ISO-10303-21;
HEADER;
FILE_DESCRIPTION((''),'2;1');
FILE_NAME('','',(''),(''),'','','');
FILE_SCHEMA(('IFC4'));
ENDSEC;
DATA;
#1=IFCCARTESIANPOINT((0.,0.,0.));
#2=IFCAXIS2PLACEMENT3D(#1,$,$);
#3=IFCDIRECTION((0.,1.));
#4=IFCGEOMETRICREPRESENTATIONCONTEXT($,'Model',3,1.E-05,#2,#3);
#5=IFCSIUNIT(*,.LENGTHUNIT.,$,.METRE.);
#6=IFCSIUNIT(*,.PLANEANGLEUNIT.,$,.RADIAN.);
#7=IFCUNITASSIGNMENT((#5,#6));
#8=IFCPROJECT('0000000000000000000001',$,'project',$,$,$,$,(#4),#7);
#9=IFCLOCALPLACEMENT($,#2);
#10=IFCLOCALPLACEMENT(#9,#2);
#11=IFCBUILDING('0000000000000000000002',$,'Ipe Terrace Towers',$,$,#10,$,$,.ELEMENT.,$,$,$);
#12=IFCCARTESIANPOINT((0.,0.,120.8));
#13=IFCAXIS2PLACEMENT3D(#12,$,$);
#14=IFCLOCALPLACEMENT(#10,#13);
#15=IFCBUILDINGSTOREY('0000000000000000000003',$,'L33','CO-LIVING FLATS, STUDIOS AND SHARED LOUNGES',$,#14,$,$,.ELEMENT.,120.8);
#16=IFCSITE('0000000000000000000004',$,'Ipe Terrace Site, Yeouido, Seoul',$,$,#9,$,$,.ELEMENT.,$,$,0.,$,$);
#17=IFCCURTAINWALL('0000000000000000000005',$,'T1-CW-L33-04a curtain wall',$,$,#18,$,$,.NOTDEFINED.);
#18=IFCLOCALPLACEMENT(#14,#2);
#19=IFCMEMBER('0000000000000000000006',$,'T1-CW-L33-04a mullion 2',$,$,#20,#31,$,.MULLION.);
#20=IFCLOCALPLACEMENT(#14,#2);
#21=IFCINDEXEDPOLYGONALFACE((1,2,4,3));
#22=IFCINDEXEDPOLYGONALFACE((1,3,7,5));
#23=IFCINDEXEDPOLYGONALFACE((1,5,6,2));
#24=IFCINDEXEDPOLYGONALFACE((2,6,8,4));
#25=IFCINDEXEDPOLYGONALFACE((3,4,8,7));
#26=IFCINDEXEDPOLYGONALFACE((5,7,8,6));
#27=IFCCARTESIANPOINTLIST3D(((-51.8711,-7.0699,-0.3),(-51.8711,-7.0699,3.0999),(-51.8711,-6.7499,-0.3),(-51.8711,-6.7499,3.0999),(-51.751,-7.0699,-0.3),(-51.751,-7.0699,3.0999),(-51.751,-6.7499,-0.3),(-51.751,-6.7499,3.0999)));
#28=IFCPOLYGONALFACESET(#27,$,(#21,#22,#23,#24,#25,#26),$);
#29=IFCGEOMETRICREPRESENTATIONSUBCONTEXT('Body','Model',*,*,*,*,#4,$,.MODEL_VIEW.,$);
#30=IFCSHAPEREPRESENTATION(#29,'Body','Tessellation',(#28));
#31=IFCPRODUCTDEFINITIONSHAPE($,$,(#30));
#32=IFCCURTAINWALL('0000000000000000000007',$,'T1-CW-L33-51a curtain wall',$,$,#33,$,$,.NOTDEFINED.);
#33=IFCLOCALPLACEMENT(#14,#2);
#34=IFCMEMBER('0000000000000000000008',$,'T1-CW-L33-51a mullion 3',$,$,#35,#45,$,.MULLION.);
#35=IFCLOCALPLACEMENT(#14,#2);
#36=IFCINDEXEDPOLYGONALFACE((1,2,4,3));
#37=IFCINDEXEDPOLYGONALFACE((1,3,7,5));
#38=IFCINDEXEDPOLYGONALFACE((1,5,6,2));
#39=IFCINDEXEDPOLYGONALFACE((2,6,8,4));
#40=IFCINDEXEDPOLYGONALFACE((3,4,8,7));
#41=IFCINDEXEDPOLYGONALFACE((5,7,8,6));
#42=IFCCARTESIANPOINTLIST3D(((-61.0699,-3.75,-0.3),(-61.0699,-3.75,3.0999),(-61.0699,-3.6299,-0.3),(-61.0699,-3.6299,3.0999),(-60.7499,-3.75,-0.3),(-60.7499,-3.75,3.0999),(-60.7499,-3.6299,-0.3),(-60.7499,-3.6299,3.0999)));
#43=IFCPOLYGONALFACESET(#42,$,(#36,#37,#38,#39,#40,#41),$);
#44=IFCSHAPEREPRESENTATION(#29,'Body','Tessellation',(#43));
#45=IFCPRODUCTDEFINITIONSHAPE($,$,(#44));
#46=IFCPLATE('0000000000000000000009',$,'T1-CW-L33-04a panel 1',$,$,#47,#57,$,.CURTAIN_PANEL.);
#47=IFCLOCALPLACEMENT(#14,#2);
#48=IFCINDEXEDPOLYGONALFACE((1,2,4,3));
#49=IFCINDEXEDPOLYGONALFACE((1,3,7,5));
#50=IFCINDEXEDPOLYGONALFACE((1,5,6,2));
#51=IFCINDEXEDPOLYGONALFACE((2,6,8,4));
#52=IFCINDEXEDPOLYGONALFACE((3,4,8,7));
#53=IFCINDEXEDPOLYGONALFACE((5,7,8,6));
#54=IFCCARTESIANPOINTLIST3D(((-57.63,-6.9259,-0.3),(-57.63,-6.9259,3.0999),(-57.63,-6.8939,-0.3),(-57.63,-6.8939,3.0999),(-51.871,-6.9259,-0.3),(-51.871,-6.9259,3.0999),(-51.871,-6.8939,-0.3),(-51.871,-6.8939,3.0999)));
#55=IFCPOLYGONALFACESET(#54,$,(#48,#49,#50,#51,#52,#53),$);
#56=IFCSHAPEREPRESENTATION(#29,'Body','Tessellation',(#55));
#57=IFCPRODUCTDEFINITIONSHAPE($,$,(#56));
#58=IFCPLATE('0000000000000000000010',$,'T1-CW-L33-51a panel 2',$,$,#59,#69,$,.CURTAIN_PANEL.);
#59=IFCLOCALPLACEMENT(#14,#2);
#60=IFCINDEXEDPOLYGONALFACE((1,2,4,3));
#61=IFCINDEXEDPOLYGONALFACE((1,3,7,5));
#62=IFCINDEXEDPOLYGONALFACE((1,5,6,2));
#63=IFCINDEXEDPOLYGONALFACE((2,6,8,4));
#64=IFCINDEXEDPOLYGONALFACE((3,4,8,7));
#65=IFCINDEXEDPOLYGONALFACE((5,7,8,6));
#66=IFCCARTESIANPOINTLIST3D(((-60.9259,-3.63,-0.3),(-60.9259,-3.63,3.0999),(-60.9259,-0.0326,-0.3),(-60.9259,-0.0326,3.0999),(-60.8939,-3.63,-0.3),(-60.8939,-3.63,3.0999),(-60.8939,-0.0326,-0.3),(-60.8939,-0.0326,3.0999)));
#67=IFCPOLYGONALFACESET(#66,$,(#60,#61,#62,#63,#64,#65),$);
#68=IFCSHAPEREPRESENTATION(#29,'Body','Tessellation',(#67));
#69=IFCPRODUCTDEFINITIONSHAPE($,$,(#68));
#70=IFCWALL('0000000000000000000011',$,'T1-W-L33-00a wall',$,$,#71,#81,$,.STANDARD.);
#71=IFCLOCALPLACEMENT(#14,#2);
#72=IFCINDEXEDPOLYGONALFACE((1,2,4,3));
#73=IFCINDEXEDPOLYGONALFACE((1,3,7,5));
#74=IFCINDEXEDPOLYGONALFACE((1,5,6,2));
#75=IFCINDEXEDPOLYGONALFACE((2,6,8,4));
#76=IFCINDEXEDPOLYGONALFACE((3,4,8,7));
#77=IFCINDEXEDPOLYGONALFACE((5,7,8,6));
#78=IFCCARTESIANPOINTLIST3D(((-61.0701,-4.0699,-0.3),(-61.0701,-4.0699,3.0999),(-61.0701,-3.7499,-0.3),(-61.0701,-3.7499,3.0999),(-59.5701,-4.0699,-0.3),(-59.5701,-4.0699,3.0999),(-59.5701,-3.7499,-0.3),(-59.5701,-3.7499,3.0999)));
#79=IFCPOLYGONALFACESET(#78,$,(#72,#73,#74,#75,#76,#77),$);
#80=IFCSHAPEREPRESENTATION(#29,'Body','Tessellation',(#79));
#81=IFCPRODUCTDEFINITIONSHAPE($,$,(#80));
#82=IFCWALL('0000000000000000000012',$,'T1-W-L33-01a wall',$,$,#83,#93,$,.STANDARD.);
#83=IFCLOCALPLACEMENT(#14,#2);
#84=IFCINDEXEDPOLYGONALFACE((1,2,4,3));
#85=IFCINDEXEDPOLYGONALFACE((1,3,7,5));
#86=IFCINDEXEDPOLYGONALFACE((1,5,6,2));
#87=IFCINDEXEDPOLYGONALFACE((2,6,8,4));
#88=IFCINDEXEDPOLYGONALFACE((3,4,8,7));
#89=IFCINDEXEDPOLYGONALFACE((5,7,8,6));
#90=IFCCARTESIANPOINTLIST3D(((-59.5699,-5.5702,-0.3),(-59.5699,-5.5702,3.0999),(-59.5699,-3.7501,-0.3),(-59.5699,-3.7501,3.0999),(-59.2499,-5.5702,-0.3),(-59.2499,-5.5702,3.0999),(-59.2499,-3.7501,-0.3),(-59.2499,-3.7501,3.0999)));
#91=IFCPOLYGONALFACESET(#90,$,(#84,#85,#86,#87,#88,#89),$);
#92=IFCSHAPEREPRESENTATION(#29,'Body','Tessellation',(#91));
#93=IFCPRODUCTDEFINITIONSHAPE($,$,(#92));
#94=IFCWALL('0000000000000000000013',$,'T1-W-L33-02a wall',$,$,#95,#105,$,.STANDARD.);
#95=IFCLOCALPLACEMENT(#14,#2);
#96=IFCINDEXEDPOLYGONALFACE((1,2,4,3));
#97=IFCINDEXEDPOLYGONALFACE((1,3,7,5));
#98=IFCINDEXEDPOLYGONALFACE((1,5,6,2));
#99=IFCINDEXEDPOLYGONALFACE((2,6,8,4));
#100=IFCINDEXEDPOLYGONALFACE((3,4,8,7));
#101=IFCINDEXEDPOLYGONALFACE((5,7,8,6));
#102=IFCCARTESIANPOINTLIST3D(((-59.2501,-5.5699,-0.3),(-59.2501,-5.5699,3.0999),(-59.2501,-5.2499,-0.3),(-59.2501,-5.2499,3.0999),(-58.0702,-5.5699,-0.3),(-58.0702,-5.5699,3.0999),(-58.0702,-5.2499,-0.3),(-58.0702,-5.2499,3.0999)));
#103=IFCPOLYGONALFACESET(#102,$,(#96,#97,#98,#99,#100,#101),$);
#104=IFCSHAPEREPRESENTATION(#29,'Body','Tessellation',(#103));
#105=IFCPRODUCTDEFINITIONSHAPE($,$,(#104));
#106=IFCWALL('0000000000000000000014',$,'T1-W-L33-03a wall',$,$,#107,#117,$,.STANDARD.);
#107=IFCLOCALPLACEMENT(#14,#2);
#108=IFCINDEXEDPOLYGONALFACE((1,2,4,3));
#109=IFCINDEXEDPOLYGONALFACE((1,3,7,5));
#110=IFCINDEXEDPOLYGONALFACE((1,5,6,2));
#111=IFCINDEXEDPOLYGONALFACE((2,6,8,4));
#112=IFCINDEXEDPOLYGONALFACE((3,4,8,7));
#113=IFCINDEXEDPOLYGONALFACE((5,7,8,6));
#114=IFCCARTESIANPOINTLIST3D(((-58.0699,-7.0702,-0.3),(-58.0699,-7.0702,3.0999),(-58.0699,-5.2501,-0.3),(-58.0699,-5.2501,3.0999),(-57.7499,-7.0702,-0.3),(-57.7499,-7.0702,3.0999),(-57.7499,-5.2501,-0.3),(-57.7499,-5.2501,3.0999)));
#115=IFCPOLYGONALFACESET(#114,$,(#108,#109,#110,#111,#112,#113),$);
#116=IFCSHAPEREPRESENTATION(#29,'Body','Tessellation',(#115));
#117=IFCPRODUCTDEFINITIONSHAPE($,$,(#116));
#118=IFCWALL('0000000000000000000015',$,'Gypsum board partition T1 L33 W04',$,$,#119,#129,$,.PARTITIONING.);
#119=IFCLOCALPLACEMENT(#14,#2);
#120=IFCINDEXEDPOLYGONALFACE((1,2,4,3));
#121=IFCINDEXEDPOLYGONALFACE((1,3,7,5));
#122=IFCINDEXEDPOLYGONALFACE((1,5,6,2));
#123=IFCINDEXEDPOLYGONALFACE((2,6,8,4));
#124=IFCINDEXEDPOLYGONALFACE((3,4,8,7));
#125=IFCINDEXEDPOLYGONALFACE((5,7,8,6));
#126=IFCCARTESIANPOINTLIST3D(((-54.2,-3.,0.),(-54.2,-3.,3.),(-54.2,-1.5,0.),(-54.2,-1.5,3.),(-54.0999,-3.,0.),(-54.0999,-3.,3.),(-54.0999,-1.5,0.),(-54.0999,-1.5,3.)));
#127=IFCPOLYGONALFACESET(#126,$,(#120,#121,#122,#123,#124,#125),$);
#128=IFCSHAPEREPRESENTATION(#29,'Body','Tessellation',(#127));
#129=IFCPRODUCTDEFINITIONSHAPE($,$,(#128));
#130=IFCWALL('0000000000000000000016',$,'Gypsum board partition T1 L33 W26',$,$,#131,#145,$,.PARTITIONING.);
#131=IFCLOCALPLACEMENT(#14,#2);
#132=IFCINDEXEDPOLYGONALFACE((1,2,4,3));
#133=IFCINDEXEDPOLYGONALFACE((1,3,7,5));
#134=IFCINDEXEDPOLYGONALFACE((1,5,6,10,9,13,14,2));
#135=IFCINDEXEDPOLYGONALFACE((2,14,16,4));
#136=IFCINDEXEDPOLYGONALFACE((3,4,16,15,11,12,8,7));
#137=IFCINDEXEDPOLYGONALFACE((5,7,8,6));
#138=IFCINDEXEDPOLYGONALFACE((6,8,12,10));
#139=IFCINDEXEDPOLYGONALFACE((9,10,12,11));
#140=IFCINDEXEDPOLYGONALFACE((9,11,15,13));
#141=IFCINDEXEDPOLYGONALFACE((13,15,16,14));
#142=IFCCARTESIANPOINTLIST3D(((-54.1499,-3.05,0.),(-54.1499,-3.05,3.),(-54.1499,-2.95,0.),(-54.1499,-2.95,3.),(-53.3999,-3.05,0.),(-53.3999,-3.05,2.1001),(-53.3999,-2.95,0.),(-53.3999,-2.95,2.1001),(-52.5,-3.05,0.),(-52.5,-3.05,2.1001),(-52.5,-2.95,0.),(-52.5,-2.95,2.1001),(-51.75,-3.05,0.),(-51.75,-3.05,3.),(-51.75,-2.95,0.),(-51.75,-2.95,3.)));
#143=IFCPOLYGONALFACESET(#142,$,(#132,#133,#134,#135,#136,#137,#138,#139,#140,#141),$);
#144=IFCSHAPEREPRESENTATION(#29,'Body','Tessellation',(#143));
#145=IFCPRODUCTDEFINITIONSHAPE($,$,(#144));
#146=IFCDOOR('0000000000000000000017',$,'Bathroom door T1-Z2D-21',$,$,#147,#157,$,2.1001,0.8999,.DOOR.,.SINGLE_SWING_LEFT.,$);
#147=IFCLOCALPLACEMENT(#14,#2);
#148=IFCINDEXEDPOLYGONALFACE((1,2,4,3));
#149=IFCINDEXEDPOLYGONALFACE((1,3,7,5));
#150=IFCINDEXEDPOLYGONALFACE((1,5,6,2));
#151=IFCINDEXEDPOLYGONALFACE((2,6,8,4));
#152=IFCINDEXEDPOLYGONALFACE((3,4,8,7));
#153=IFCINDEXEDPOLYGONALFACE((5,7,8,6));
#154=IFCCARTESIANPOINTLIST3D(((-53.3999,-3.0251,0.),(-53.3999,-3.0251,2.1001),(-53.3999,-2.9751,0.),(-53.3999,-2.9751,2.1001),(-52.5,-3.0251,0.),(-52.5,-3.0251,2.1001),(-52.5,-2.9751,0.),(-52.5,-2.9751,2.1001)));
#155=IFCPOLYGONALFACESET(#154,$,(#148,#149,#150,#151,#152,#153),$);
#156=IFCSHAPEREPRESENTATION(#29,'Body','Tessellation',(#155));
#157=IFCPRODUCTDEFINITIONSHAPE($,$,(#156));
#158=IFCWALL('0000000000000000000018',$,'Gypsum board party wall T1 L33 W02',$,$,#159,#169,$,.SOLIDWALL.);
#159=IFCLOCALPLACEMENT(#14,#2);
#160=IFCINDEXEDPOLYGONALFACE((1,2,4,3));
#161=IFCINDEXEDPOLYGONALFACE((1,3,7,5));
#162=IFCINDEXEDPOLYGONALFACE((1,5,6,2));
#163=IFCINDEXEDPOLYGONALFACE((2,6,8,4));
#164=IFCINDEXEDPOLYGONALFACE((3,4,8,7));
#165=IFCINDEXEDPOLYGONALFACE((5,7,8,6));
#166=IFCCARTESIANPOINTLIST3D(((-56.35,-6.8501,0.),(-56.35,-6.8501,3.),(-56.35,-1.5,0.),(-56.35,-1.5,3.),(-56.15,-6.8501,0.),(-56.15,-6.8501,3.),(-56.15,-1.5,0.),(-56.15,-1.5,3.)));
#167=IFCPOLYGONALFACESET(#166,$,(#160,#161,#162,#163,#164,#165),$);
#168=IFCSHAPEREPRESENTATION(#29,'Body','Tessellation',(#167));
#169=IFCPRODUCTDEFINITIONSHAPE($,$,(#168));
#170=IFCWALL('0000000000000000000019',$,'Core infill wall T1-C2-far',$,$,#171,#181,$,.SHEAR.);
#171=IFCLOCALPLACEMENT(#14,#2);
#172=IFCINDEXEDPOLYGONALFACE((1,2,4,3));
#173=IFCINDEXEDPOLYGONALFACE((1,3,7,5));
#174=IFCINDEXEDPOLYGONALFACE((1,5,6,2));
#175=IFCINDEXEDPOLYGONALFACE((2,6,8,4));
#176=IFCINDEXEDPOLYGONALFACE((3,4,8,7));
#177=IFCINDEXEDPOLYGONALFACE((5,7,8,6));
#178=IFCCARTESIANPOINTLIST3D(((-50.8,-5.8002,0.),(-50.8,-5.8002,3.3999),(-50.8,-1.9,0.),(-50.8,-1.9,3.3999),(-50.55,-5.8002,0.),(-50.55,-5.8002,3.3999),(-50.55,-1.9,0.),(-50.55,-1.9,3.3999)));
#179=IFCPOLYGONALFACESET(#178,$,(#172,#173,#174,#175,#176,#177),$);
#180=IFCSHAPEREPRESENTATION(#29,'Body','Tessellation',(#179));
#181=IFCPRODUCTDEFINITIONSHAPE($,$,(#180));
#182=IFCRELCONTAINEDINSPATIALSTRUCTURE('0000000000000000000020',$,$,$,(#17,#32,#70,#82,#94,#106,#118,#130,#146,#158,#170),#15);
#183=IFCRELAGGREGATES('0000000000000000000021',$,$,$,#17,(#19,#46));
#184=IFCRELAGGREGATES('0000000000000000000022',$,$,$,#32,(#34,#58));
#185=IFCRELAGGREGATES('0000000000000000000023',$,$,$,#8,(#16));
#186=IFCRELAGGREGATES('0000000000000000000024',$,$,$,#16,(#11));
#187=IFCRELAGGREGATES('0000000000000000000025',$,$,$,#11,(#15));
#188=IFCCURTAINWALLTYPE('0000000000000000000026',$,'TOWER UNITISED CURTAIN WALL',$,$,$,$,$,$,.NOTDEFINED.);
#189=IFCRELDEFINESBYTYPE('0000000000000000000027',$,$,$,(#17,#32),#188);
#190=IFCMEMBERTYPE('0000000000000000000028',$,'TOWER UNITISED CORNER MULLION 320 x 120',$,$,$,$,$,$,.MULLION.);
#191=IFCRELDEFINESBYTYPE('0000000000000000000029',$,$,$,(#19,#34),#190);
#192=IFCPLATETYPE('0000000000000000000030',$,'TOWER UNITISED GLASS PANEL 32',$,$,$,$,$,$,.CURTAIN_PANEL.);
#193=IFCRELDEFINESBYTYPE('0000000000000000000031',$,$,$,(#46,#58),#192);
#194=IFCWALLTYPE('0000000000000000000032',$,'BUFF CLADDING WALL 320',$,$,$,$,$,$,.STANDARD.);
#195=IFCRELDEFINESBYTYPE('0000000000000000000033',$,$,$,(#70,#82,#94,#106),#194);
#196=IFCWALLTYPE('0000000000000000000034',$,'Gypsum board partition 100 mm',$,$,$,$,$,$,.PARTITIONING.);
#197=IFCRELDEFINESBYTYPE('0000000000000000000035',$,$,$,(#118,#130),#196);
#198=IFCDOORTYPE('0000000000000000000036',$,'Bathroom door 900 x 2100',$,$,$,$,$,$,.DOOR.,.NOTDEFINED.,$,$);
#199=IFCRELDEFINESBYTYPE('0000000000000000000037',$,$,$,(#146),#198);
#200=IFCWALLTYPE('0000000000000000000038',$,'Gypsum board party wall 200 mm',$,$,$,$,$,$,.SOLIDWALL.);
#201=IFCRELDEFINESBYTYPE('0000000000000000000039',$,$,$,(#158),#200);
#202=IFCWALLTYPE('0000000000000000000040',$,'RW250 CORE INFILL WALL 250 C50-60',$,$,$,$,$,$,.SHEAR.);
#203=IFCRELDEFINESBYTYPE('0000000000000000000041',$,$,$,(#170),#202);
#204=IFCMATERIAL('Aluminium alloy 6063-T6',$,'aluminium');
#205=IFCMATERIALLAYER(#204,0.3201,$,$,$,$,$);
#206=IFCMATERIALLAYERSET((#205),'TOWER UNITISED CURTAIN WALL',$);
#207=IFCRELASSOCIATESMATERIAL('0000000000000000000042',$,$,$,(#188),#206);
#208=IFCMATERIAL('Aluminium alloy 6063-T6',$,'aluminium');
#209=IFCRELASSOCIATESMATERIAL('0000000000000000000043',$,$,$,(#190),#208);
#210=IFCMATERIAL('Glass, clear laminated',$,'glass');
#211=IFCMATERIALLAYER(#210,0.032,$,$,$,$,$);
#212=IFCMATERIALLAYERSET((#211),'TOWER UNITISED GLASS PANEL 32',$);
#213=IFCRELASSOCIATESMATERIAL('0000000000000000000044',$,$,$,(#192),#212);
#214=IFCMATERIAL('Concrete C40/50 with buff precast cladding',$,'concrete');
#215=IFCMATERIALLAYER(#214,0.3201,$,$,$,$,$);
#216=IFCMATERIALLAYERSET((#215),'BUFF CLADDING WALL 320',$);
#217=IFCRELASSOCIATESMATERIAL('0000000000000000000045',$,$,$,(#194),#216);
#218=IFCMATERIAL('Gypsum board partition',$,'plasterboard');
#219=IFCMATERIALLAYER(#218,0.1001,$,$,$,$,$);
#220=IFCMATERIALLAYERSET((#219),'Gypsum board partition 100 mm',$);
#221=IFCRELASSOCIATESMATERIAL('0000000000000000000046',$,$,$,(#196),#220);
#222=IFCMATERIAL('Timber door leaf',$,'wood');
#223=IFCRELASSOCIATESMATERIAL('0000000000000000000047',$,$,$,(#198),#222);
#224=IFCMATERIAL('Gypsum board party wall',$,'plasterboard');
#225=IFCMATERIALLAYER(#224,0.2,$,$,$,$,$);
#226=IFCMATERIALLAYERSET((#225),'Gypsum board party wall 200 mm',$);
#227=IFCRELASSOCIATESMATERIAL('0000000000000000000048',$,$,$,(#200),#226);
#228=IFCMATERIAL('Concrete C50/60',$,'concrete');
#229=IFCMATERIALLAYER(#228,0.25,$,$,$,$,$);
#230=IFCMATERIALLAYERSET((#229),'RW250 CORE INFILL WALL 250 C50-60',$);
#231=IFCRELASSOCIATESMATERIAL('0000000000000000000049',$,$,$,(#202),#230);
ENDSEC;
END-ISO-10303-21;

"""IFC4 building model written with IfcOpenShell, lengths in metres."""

from ifc_helpers import new_model, si_unit, direction, frame, frame_2d, origin, origin_2d, place, context, subcontext, project, spatial, rectangle, extrude, material, layer, layer_set, material_profile, profile_set, type_object, element, fill, aggregate, save


model = new_model("IFC4")

# Units and contexts
model_context = context("Model", 3, precision=1e-05, world=origin(), true_north=direction((0.0, 1.0)))
body_context = subcontext(model_context, "Body", "Model", "MODEL_VIEW")
ifc_project = project(units=[si_unit("LENGTHUNIT", "METRE"), si_unit("PLANEANGLEUNIT", "RADIAN")], contexts=[model_context])

# Site, building, storey
site_placement = place(None, origin())
site = spatial("IfcSite", under=ifc_project, at=site_placement, Name="Ipe Terrace Site, Yeouido, Seoul", CompositionType="ELEMENT", RefElevation=0.0)
building_placement = place(site_placement, origin())
building = spatial("IfcBuilding", under=site, at=building_placement, Name="Ipe Terrace Towers", CompositionType="ELEMENT")
storey_placement = place(building_placement, frame((0.0, 0.0, 120.8)))
storey = spatial("IfcBuildingStorey", under=building, at=storey_placement, Name="L33", Description="CO-LIVING FLATS, STUDIOS AND SHARED LOUNGES", CompositionType="ELEMENT", Elevation=120.8)

# Curtain wall, member
ifc_material_1 = material(Name="Aluminium alloy 6063-T6", Category="aluminium")
ifc_layer_1 = layer(ifc_material_1, 0.3201)
ifc_layer_set_1 = layer_set([ifc_layer_1], Name="TOWER UNITISED CURTAIN WALL")
curtain_wall_type = type_object("IfcCurtainWallType", Name="TOWER UNITISED CURTAIN WALL", PredefinedType="NOTDEFINED", material=ifc_layer_set_1)
curtain_wall_1_placement = place(storey_placement, origin())
curtain_wall_1 = element("IfcCurtainWall", 1, at=curtain_wall_1_placement, inside=storey, type_object=curtain_wall_type, Name="T1-CW-L33-04a curtain wall", PredefinedType="NOTDEFINED")
ifc_material_2 = material(Name="Aluminium alloy 6063-T6", Category="aluminium")
ifc_material_profile_1 = material_profile(ifc_material_2, rectangle(XDim=0.3201, YDim=0.1201, at=origin_2d()), Name="TOWER UNITISED CORNER MULLION 320 x 120")
ifc_profile_set_1 = profile_set([ifc_material_profile_1], Name="Aluminium alloy 6063-T6")
member_type = type_object("IfcMemberType", Name="TOWER UNITISED CORNER MULLION 320 x 120", PredefinedType="MULLION", material=ifc_profile_set_1)
member_1_placement = place(storey_placement, frame((-51.811, -6.9099, -0.3), z_axis=(0.0, 0.0, 1.0), x_axis=(0.0, -1.0, 0.0)))
member_1 = element("IfcMember", 2, at=member_1_placement, type_object=member_type, Name="T1-CW-L33-04a mullion 2", PredefinedType="MULLION", context=body_context, shape_type="SweptSolid", body=[
    extrude(rectangle(XDim=0.3201, YDim=0.1201, at=origin_2d()), origin(), (0.0, 0.0, 1.0), 3.3999),
])

# Curtain wall, member
curtain_wall_2_placement = place(storey_placement, origin())
curtain_wall_2 = element("IfcCurtainWall", 3, at=curtain_wall_2_placement, inside=storey, type_object=curtain_wall_type, Name="T1-CW-L33-51a curtain wall", PredefinedType="NOTDEFINED")
member_2_placement = place(storey_placement, frame((-60.9099, -3.6899, -0.3), z_axis=(0.0, 0.0, 1.0), x_axis=(-1.0, 0.0, 0.0)))
member_2 = element("IfcMember", 4, at=member_2_placement, type_object=member_type, Name="T1-CW-L33-51a mullion 3", PredefinedType="MULLION", context=body_context, shape_type="SweptSolid", body=[
    extrude(rectangle(XDim=0.3201, YDim=0.1201, at=origin_2d()), origin(), (0.0, 0.0, 1.0), 3.3999),
])

# Plates
ifc_material_3 = material(Name="Glass, clear laminated", Category="glass")
ifc_layer_2 = layer(ifc_material_3, 0.032)
ifc_layer_set_2 = layer_set([ifc_layer_2], Name="TOWER UNITISED GLASS PANEL 32")
plate_type = type_object("IfcPlateType", Name="TOWER UNITISED GLASS PANEL 32", PredefinedType="CURTAIN_PANEL", material=ifc_layer_set_2)
plate_1_placement = place(storey_placement, frame((-54.7505, -6.9099, -0.3), z_axis=(0.0, 0.0, 1.0), x_axis=(1.0, 0.0, 0.0)))
plate_1 = element("IfcPlate", 5, at=plate_1_placement, type_object=plate_type, Name="T1-CW-L33-04a panel 1", PredefinedType="CURTAIN_PANEL", context=body_context, shape_type="SweptSolid", body=[
    extrude(rectangle(XDim=5.759, YDim=0.032, at=origin_2d()), origin(), (0.0, 0.0, 1.0), 3.3999),
])
aggregate(curtain_wall_1, [member_1, plate_1])
plate_2_placement = place(storey_placement, frame((-60.9099, -1.8313, -0.3), z_axis=(0.0, 0.0, 1.0), x_axis=(0.0, -1.0, 0.0)))
plate_2 = element("IfcPlate", 6, at=plate_2_placement, type_object=plate_type, Name="T1-CW-L33-51a panel 2", PredefinedType="CURTAIN_PANEL", context=body_context, shape_type="SweptSolid", body=[
    extrude(rectangle(XDim=3.5974, YDim=0.032, at=origin_2d()), origin(), (0.0, 0.0, 1.0), 3.3999),
])
aggregate(curtain_wall_2, [member_2, plate_2])

# Walls
ifc_material_4 = material(Name="Concrete C40/50 with buff precast cladding", Category="concrete")
ifc_layer_3 = layer(ifc_material_4, 0.3201)
ifc_layer_set_3 = layer_set([ifc_layer_3], Name="BUFF CLADDING WALL 320")
wall_type_1 = type_object("IfcWallType", Name="BUFF CLADDING WALL 320", PredefinedType="STANDARD", material=ifc_layer_set_3)
wall_1_placement = place(storey_placement, frame((-61.0701, -3.9099, -0.3), z_axis=(0.0, 0.0, 1.0), x_axis=(1.0, 0.0, 0.0)))
element("IfcWall", 7, at=wall_1_placement, inside=storey, type_object=wall_type_1, Name="T1-W-L33-00a wall", PredefinedType="STANDARD", context=body_context, shape_type="SweptSolid", body=[
    extrude(rectangle(XDim=1.5, YDim=0.3201, at=frame_2d((0.75, 0.0))), origin(), (0.0, 0.0, 1.0), 3.3999),
])
wall_2_placement = place(storey_placement, frame((-59.4099, -3.75, -0.3), z_axis=(0.0, 0.0, 1.0), x_axis=(0.0, -1.0, 0.0)))
element("IfcWall", 8, at=wall_2_placement, inside=storey, type_object=wall_type_1, Name="T1-W-L33-01a wall", PredefinedType="STANDARD", context=body_context, shape_type="SweptSolid", body=[
    extrude(rectangle(XDim=1.8201, YDim=0.3201, at=frame_2d((0.9102, 0.0))), origin(), (0.0, 0.0, 1.0), 3.3999),
])
wall_3_placement = place(storey_placement, frame((-59.25, -5.4099, -0.3), z_axis=(0.0, 0.0, 1.0), x_axis=(1.0, 0.0, 0.0)))
element("IfcWall", 9, at=wall_3_placement, inside=storey, type_object=wall_type_1, Name="T1-W-L33-02a wall", PredefinedType="STANDARD", context=body_context, shape_type="SweptSolid", body=[
    extrude(rectangle(XDim=1.1799, YDim=0.3201, at=frame_2d((0.5898, 0.0))), origin(), (0.0, 0.0, 1.0), 3.3999),
])
wall_4_placement = place(storey_placement, frame((-57.9099, -5.25, -0.3), z_axis=(0.0, 0.0, 1.0), x_axis=(0.0, -1.0, 0.0)))
element("IfcWall", 10, at=wall_4_placement, inside=storey, type_object=wall_type_1, Name="T1-W-L33-03a wall", PredefinedType="STANDARD", context=body_context, shape_type="SweptSolid", body=[
    extrude(rectangle(XDim=1.8201, YDim=0.3201, at=frame_2d((0.9102, 0.0))), origin(), (0.0, 0.0, 1.0), 3.3999),
])
ifc_material_5 = material(Name="Gypsum board partition", Category="plasterboard")
ifc_layer_4 = layer(ifc_material_5, 0.1001)
ifc_layer_set_4 = layer_set([ifc_layer_4], Name="Gypsum board partition 100 mm")
wall_type_2 = type_object("IfcWallType", Name="Gypsum board partition 100 mm", PredefinedType="PARTITIONING", material=ifc_layer_set_4)
wall_5_placement = place(storey_placement, frame((-54.1499, -3.0, 0.0), z_axis=(0.0, 0.0, 1.0), x_axis=(0.0, 1.0, 0.0)))
element("IfcWall", 11, at=wall_5_placement, inside=storey, type_object=wall_type_2, Name="Gypsum board partition T1 L33 W04", PredefinedType="PARTITIONING", context=body_context, shape_type="SweptSolid", body=[
    extrude(rectangle(XDim=1.5, YDim=0.1001, at=frame_2d((0.75, 0.0))), origin(), (0.0, 0.0, 1.0), 3.0),
])

# Wall, opening, door
wall_6_placement = place(storey_placement, frame((-54.1499, -3.0, 0.0), z_axis=(0.0, 0.0, 1.0), x_axis=(1.0, 0.0, 0.0)))
wall_6 = element("IfcWall", 12, at=wall_6_placement, inside=storey, type_object=wall_type_2, Name="Gypsum board partition T1 L33 W26", PredefinedType="PARTITIONING", context=body_context, shape_type="SweptSolid", body=[
    extrude(rectangle(XDim=2.3999, YDim=0.1001, at=frame_2d((1.2, 0.0))), origin(), (0.0, 0.0, 1.0), 3.0),
])
opening_1_placement = place(wall_6_placement, frame((0.75, 0.0, 0.0)))
opening_1 = element("IfcOpeningElement", 13, at=opening_1_placement, cuts=wall_6, PredefinedType="OPENING", context=body_context, shape_type="SweptSolid", body=[
    extrude(rectangle(XDim=0.8999, YDim=2.1001, at=frame_2d((0.45, 1.05))), frame((0.0, 0.0601, 0.0), z_axis=(0.0, -1.0, 0.0), x_axis=(1.0, 0.0, 0.0)), (0.0, 0.0, 1.0), 0.1201),
])
ifc_material_6 = material(Name="Timber door leaf", Category="wood")
door_type_1 = type_object("IfcDoorType", Name="Bathroom door 900 x 2100", OperationType="NOTDEFINED", PredefinedType="DOOR", material=ifc_material_6)
door_1_placement = place(opening_1_placement, origin())
door_1 = element("IfcDoor", 14, at=door_1_placement, inside=storey, type_object=door_type_1, Name="Bathroom door T1-Z2D-21", OperationType="SINGLE_SWING_LEFT", OverallHeight=2.1001, OverallWidth=0.8999, PredefinedType="DOOR", context=body_context, shape_type="SweptSolid", body=[
    extrude(rectangle(XDim=0.8999, YDim=2.1001, at=frame_2d((0.45, 1.05))), frame((0.0, 0.0249, 0.0), z_axis=(0.0, -1.0, 0.0), x_axis=(1.0, 0.0, 0.0)), (0.0, 0.0, 1.0), 0.05),
])
fill(opening_1, door_1)

# Walls
ifc_material_7 = material(Name="Gypsum board party wall", Category="plasterboard")
ifc_layer_5 = layer(ifc_material_7, 0.2)
ifc_layer_set_5 = layer_set([ifc_layer_5], Name="Gypsum board party wall 200 mm")
wall_type_3 = type_object("IfcWallType", Name="Gypsum board party wall 200 mm", PredefinedType="SOLIDWALL", material=ifc_layer_set_5)
wall_7_placement = place(storey_placement, frame((-56.25, -6.8501, 0.0), z_axis=(0.0, 0.0, 1.0), x_axis=(0.0, 1.0, 0.0)))
element("IfcWall", 15, at=wall_7_placement, inside=storey, type_object=wall_type_3, Name="Gypsum board party wall T1 L33 W02", PredefinedType="SOLIDWALL", context=body_context, shape_type="SweptSolid", body=[
    extrude(rectangle(XDim=5.3501, YDim=0.2, at=frame_2d((2.675, 0.0))), origin(), (0.0, 0.0, 1.0), 3.0),
])
ifc_material_8 = material(Name="Concrete C50/60", Category="concrete")
ifc_layer_6 = layer(ifc_material_8, 0.25)
ifc_layer_set_6 = layer_set([ifc_layer_6], Name="RW250 CORE INFILL WALL 250 C50-60")
wall_type_4 = type_object("IfcWallType", Name="RW250 CORE INFILL WALL 250 C50-60", PredefinedType="SHEAR", material=ifc_layer_set_6)
wall_8_placement = place(storey_placement, frame((-50.675, -1.8999, 0.0), z_axis=(0.0, 0.0, 1.0), x_axis=(0.0, -1.0, 0.0)))
element("IfcWall", 16, at=wall_8_placement, inside=storey, type_object=wall_type_4, Name="Core infill wall T1-C2-far", PredefinedType="SHEAR", context=body_context, shape_type="SweptSolid", body=[
    extrude(rectangle(XDim=3.9001, YDim=0.25, at=frame_2d((1.9502, 0.0))), origin(), (0.0, 0.0, 1.0), 3.3999),
])

save(model, "model.ifc")
